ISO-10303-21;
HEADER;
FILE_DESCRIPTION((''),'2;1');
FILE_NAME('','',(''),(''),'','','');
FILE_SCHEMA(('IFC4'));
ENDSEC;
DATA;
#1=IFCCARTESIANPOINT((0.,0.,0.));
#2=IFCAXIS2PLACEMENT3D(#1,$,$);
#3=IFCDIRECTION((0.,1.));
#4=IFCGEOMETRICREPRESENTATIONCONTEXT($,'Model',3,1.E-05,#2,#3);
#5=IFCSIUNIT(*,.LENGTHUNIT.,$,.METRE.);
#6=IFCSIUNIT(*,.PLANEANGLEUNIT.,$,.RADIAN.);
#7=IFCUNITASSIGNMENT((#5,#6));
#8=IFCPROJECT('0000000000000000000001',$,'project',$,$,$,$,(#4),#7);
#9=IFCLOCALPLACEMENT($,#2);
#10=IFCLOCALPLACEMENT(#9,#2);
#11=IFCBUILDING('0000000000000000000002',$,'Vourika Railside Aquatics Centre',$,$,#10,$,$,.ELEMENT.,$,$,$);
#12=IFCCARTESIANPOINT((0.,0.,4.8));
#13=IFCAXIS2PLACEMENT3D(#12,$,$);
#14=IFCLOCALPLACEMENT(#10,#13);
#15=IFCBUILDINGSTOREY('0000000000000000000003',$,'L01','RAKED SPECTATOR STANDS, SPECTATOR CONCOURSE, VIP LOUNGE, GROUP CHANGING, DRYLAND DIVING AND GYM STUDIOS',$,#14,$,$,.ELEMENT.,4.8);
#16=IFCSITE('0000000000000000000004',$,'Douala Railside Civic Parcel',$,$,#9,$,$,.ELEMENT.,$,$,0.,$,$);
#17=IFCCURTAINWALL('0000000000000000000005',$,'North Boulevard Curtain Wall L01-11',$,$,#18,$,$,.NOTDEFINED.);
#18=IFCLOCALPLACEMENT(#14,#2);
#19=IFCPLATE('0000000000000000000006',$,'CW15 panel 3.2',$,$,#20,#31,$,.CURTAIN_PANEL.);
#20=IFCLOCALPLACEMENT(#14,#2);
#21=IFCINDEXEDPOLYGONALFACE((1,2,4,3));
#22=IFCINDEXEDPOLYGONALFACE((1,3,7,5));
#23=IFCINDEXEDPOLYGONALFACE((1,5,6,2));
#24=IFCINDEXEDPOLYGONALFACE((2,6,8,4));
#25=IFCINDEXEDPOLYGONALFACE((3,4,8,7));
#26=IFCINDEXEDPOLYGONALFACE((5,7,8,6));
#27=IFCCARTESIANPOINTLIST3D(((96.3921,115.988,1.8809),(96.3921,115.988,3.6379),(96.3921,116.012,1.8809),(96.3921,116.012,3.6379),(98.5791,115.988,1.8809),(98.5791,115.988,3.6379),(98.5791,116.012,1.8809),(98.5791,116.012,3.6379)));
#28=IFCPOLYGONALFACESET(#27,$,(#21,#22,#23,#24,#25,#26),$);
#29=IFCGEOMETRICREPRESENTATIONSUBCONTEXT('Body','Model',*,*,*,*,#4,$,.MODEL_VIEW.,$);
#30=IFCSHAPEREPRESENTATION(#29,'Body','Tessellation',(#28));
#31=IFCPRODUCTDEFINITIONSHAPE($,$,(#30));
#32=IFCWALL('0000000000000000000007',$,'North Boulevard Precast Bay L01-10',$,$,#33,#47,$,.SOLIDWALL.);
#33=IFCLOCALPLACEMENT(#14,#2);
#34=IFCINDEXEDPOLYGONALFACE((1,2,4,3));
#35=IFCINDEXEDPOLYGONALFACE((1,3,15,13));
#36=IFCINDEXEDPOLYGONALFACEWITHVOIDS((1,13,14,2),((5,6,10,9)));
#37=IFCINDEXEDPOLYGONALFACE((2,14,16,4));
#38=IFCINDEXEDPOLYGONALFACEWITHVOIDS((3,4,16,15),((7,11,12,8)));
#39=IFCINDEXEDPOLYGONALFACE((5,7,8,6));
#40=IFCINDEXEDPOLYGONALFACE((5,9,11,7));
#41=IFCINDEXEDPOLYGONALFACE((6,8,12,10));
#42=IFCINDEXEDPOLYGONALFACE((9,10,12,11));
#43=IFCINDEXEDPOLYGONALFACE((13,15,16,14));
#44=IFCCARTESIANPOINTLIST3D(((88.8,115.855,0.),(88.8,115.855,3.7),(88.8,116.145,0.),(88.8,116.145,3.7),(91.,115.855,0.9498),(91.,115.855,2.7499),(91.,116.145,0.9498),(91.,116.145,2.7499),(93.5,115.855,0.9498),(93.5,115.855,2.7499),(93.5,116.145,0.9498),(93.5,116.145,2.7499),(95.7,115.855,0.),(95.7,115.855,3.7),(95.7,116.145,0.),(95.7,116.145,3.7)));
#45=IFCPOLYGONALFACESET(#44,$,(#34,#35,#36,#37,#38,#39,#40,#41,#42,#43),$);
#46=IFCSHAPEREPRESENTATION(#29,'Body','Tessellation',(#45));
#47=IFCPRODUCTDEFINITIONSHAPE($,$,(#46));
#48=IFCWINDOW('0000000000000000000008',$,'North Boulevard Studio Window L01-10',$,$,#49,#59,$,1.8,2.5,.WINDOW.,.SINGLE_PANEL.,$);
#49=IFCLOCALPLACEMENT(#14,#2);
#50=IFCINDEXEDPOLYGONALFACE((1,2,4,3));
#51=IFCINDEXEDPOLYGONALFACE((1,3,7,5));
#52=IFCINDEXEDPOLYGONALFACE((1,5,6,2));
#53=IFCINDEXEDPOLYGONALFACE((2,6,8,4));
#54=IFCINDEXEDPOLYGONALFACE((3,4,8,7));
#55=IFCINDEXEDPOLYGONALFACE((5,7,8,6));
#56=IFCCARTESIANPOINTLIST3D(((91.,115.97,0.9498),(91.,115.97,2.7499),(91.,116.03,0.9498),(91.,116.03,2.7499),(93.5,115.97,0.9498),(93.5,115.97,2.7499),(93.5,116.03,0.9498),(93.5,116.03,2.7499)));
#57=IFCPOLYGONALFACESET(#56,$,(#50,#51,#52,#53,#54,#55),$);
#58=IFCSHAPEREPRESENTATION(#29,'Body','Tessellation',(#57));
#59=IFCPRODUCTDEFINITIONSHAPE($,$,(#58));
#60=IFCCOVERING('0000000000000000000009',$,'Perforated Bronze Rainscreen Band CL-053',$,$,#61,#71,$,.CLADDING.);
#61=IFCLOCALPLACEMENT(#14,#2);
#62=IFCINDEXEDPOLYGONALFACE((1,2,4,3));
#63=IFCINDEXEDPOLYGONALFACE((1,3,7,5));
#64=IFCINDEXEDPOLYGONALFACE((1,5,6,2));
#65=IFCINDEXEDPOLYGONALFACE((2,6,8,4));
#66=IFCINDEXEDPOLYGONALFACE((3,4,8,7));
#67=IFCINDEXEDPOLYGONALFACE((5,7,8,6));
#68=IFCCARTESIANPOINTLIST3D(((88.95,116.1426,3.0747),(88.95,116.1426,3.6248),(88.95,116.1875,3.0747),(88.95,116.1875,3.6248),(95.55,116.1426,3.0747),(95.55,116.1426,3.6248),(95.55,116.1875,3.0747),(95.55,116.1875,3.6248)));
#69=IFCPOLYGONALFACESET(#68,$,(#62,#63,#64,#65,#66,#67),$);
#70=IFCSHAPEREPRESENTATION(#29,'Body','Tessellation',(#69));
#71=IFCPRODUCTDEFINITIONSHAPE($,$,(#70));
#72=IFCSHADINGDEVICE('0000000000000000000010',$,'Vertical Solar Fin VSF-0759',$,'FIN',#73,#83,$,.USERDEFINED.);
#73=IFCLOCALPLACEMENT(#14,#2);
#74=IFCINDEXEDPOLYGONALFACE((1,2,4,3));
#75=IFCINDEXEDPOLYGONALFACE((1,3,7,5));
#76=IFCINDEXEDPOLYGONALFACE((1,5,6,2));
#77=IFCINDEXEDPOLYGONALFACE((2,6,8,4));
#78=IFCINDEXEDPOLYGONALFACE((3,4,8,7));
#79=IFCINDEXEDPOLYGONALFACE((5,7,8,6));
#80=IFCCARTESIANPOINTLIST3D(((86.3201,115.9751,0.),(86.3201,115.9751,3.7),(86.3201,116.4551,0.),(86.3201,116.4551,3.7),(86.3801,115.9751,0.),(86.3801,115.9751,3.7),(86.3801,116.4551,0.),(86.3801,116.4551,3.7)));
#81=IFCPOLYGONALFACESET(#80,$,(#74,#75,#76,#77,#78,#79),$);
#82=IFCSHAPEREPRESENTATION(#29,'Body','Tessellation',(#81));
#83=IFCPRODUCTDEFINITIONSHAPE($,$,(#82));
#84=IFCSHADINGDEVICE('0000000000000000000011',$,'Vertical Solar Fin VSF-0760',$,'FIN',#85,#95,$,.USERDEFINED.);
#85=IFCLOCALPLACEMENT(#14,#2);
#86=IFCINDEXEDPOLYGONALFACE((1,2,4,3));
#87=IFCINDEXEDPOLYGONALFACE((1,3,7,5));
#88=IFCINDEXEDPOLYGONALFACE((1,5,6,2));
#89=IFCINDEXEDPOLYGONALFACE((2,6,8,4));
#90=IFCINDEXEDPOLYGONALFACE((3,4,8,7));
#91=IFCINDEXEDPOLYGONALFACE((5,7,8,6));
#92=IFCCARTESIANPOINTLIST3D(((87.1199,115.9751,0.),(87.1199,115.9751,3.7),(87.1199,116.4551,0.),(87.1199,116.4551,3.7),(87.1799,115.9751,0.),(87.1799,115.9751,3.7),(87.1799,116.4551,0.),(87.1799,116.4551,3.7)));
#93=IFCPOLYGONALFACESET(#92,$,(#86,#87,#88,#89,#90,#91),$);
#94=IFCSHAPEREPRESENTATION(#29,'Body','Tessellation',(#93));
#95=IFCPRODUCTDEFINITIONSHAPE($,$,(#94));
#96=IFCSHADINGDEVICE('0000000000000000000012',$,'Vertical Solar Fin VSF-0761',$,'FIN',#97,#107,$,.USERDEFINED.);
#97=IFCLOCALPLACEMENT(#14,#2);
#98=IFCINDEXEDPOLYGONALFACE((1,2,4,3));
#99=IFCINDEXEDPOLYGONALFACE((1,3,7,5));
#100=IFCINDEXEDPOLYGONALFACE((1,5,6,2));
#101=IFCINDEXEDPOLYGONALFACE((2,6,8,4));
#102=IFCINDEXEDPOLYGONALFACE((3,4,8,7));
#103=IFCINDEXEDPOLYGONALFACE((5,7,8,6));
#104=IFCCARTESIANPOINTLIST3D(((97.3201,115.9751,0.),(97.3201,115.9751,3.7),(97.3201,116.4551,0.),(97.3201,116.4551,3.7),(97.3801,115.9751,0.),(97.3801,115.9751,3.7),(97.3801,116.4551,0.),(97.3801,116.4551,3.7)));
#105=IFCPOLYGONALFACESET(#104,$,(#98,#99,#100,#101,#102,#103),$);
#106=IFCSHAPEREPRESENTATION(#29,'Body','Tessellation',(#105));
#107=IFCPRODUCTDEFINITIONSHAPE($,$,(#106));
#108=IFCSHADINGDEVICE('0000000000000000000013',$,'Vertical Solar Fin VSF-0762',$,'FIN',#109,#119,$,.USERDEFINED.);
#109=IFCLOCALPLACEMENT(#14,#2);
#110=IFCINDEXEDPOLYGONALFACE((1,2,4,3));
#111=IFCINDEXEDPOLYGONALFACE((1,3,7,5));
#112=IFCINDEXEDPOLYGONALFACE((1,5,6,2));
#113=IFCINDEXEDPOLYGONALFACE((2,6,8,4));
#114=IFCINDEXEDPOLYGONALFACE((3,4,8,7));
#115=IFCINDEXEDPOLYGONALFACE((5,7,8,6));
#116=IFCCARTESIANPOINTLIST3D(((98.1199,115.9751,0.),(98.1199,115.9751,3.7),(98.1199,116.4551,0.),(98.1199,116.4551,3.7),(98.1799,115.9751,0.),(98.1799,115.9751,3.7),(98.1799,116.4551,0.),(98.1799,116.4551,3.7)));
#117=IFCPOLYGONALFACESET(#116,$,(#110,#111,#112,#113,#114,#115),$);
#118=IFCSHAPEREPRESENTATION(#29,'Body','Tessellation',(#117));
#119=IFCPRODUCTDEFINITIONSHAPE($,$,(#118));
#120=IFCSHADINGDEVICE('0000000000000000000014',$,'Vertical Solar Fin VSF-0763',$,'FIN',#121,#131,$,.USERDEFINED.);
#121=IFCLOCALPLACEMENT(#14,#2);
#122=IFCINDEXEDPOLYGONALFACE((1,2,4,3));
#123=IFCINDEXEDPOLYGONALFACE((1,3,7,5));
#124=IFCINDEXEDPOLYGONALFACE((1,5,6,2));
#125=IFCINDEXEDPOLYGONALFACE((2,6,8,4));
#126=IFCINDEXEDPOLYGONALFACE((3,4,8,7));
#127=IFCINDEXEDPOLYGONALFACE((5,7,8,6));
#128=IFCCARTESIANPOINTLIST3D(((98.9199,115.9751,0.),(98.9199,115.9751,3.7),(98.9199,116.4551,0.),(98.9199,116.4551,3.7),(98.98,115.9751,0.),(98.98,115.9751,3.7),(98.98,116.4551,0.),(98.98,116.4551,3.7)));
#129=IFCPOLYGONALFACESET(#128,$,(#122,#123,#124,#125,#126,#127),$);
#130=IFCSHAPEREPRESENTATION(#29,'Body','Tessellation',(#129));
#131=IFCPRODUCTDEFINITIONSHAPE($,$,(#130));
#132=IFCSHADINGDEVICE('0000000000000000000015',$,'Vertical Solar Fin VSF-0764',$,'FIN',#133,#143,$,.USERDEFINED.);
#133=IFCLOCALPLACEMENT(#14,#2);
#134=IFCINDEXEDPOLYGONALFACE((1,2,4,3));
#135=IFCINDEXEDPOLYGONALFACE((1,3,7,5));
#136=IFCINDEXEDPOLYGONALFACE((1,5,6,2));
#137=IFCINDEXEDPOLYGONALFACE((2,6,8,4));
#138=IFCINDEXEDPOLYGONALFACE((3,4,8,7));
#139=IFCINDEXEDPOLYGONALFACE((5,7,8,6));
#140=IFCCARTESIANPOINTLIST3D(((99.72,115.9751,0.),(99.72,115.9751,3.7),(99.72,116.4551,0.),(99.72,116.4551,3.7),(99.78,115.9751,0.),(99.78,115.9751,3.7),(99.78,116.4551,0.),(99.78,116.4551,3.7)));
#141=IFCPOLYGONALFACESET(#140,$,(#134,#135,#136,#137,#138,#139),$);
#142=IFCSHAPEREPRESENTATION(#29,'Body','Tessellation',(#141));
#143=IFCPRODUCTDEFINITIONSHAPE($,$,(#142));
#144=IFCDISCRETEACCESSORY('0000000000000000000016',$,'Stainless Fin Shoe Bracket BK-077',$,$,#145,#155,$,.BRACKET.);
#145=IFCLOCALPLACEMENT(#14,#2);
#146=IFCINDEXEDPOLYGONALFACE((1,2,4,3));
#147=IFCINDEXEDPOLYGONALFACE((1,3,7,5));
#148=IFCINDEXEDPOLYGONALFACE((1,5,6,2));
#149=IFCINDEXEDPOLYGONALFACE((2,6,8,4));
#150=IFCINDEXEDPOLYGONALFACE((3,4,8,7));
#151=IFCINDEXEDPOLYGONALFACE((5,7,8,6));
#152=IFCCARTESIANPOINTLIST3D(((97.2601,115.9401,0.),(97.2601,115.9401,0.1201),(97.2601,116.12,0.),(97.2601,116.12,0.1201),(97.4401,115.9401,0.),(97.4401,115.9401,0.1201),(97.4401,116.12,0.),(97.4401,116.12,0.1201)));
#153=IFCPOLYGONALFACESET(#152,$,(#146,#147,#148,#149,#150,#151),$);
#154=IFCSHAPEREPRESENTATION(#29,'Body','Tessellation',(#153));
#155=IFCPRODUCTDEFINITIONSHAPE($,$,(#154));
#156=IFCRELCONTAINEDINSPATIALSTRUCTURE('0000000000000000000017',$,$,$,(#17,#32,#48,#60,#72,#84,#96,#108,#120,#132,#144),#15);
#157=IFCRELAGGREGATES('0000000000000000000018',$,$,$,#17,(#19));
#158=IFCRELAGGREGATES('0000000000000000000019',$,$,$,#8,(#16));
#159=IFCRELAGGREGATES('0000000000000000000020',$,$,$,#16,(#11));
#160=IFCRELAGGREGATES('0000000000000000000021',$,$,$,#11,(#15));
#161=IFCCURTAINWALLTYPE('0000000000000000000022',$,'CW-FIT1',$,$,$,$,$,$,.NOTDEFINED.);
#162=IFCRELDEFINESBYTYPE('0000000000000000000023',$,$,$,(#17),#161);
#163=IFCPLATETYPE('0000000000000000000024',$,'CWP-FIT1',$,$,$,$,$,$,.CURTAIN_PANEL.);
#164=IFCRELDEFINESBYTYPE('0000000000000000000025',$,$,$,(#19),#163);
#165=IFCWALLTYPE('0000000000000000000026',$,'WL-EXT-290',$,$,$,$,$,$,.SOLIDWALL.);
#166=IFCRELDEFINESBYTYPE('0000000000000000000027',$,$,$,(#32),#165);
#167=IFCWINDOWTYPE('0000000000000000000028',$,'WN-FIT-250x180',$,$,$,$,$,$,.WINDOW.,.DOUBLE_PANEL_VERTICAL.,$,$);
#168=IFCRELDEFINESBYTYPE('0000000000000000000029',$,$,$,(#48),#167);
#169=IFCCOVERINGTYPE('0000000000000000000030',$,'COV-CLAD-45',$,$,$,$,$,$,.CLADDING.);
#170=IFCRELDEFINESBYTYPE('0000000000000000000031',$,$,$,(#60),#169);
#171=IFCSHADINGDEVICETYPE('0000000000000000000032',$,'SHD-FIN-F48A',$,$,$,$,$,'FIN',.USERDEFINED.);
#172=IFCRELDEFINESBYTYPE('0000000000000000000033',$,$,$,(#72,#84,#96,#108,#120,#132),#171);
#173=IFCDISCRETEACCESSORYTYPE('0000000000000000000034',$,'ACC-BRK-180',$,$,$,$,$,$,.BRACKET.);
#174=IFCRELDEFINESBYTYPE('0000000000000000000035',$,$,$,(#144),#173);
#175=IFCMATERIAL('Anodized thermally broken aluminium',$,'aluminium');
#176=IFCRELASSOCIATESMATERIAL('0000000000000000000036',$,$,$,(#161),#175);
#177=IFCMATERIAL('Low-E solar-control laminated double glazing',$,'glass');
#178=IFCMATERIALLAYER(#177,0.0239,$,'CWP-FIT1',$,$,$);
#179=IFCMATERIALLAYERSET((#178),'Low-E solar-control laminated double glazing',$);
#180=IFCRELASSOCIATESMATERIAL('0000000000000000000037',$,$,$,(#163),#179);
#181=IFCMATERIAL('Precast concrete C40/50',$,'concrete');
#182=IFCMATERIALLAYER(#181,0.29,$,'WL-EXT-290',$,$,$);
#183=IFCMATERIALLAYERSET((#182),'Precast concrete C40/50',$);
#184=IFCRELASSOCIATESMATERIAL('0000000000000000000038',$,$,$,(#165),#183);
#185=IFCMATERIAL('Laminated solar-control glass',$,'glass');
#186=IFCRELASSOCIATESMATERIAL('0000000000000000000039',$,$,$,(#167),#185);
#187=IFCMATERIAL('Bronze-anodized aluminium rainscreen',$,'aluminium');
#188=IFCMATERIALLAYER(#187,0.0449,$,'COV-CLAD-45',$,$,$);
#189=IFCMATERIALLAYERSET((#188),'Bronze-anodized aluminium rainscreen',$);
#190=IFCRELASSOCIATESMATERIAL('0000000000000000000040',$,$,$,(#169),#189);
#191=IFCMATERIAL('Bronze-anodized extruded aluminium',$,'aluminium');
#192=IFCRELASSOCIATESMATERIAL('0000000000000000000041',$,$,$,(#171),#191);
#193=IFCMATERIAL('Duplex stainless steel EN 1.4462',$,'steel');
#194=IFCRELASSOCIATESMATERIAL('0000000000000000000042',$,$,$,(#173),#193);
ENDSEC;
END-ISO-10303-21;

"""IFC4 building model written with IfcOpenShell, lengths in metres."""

from ifc_helpers import new_model, si_unit, direction, frame, frame_2d, origin, origin_2d, place, context, subcontext, project, spatial, rectangle, extrude, material, layer, layer_set, material_profile, profile_set, type_object, element, fill, aggregate, save


model = new_model("IFC4")

# Units and contexts
model_context = context("Model", 3, precision=1e-05, world=origin(), true_north=direction((0.0, 1.0)))
body_context = subcontext(model_context, "Body", "Model", "MODEL_VIEW")
ifc_project = project(units=[si_unit("LENGTHUNIT", "METRE"), si_unit("PLANEANGLEUNIT", "RADIAN")], contexts=[model_context])

# Site, building, storey
site_placement = place(None, origin())
site = spatial("IfcSite", under=ifc_project, at=site_placement, Name="Douala Railside Civic Parcel", CompositionType="ELEMENT", RefElevation=0.0)
building_placement = place(site_placement, origin())
building = spatial("IfcBuilding", under=site, at=building_placement, Name="Vourika Railside Aquatics Centre", CompositionType="ELEMENT")
storey_placement = place(building_placement, frame((0.0, 0.0, 4.8)))
storey = spatial("IfcBuildingStorey", under=building, at=storey_placement, Name="L01", Description="RAKED SPECTATOR STANDS, SPECTATOR CONCOURSE, VIP LOUNGE, GROUP CHANGING, DRYLAND DIVING AND GYM STUDIOS", CompositionType="ELEMENT", Elevation=4.8)

# Shared definitions
ifc_material_1 = material(Name="Anodized thermally broken aluminium", Category="aluminium")
curtain_wall_type = type_object("IfcCurtainWallType", Name="CW-FIT1", PredefinedType="NOTDEFINED", material=ifc_material_1)

# Curtain wall
curtain_wall_1_placement = place(storey_placement, origin())
curtain_wall_1 = element("IfcCurtainWall", 1, at=curtain_wall_1_placement, inside=storey, type_object=curtain_wall_type, Name="North Boulevard Curtain Wall L01-11", PredefinedType="NOTDEFINED")

# Plate
ifc_material_2 = material(Name="Low-E solar-control laminated double glazing", Category="glass")
ifc_layer_1 = layer(ifc_material_2, 0.0239, Name="CWP-FIT1")
ifc_layer_set_1 = layer_set([ifc_layer_1], Name="Low-E solar-control laminated double glazing")
plate_type = type_object("IfcPlateType", Name="CWP-FIT1", PredefinedType="CURTAIN_PANEL", material=ifc_layer_set_1)
plate_1_placement = place(storey_placement, frame((97.4856, 116.0, 1.8809), z_axis=(0.0, 0.0, 1.0), x_axis=(-1.0, 0.0, 0.0)))
plate_1 = element("IfcPlate", 2, at=plate_1_placement, type_object=plate_type, Name="CW15 panel 3.2", PredefinedType="CURTAIN_PANEL", context=body_context, shape_type="SweptSolid", body=[
    extrude(rectangle(XDim=2.187, YDim=0.0239, at=origin_2d()), origin(), (0.0, 0.0, 1.0), 1.7571),
])
aggregate(curtain_wall_1, [plate_1])

# Wall, opening, window
ifc_material_3 = material(Name="Precast concrete C40/50", Category="concrete")
ifc_layer_2 = layer(ifc_material_3, 0.29, Name="WL-EXT-290")
ifc_layer_set_2 = layer_set([ifc_layer_2], Name="Precast concrete C40/50")
wall_type = type_object("IfcWallType", Name="WL-EXT-290", PredefinedType="SOLIDWALL", material=ifc_layer_set_2)
wall_placement = place(storey_placement, frame((95.7, 116.0, 0.0), z_axis=(0.0, 0.0, 1.0), x_axis=(-1.0, 0.0, 0.0)))
wall = element("IfcWall", 3, at=wall_placement, inside=storey, type_object=wall_type, Name="North Boulevard Precast Bay L01-10", PredefinedType="SOLIDWALL", context=body_context, shape_type="SweptSolid", body=[
    extrude(rectangle(XDim=6.8999, YDim=0.29, at=frame_2d((3.45, 0.0))), origin(), (0.0, 0.0, 1.0), 3.7),
])
opening_placement = place(wall_placement, frame((2.2, 0.0, 0.95)))
opening = element("IfcOpeningElement", 4, at=opening_placement, cuts=wall, PredefinedType="OPENING", context=body_context, shape_type="SweptSolid", body=[
    extrude(rectangle(XDim=2.5, YDim=1.8, at=frame_2d((1.25, 0.8999))), frame((0.0, 0.155, 0.0), z_axis=(0.0, -1.0, 0.0), x_axis=(1.0, 0.0, 0.0)), (0.0, 0.0, 1.0), 0.3101),
])
ifc_material_4 = material(Name="Laminated solar-control glass", Category="glass")
window_type = type_object("IfcWindowType", Name="WN-FIT-250x180", PartitioningType="DOUBLE_PANEL_VERTICAL", PredefinedType="WINDOW", material=ifc_material_4)
window_placement = place(opening_placement, origin())
window = element("IfcWindow", 5, at=window_placement, inside=storey, type_object=window_type, Name="North Boulevard Studio Window L01-10", OverallHeight=1.8, OverallWidth=2.5, PartitioningType="SINGLE_PANEL", PredefinedType="WINDOW", context=body_context, shape_type="SweptSolid", body=[
    extrude(rectangle(XDim=2.5, YDim=1.8, at=frame_2d((1.25, 0.8999))), frame((0.0, 0.03, 0.0), z_axis=(0.0, -1.0, 0.0), x_axis=(1.0, 0.0, 0.0)), (0.0, 0.0, 1.0), 0.0601),
])
fill(opening, window)

# Covering
ifc_material_5 = material(Name="Bronze-anodized aluminium rainscreen", Category="aluminium")
ifc_layer_3 = layer(ifc_material_5, 0.0449, Name="COV-CLAD-45")
ifc_layer_set_3 = layer_set([ifc_layer_3], Name="Bronze-anodized aluminium rainscreen")
covering_type = type_object("IfcCoveringType", Name="COV-CLAD-45", PredefinedType="CLADDING", material=ifc_layer_set_3)
covering_placement = place(storey_placement, frame((92.25, 116.165, 3.0747), z_axis=(0.0, 0.0, 1.0), x_axis=(-1.0, 0.0, 0.0)))
element("IfcCovering", 6, at=covering_placement, inside=storey, type_object=covering_type, Name="Perforated Bronze Rainscreen Band CL-053", PredefinedType="CLADDING", context=body_context, shape_type="SweptSolid", body=[
    extrude(rectangle(XDim=6.6001, YDim=0.0449, at=origin_2d()), origin(), (0.0, 0.0, 1.0), 0.55),
])

# Shading devices
ifc_material_6 = material(Name="Bronze-anodized extruded aluminium", Category="aluminium")
ifc_material_profile_1 = material_profile(ifc_material_6, rectangle(XDim=0.0601, YDim=0.48, at=origin_2d()), Name="ALU-FIN 60x480")
ifc_profile_set_1 = profile_set([ifc_material_profile_1], Name="Bronze-anodized extruded aluminium")
shading_device_type = type_object("IfcShadingDeviceType", Name="SHD-FIN-F48A", ElementType="FIN", PredefinedType="USERDEFINED", material=ifc_profile_set_1)
for number, where, z_axis, x_axis, name in (
    (7, (86.3501, 116.2151, 0.0), (0.0, 0.0, 1.0), (1.0, 0.0, 0.0), "Vertical Solar Fin VSF-0759"),
    (8, (87.1499, 116.2151, 0.0), (0.0, 0.0, 1.0), (1.0, 0.0, 0.0), "Vertical Solar Fin VSF-0760"),
    (9, (97.3501, 116.2151, 0.0), (0.0, 0.0, 1.0), (1.0, 0.0, 0.0), "Vertical Solar Fin VSF-0761"),
    (10, (98.1499, 116.2151, 0.0), (0.0, 0.0, 1.0), (1.0, 0.0, 0.0), "Vertical Solar Fin VSF-0762"),
    (11, (98.95, 116.2151, 0.0), (0.0, 0.0, 1.0), (1.0, 0.0, 0.0), "Vertical Solar Fin VSF-0763"),
    (12, (99.75, 116.2151, 0.0), (0.0, 0.0, 1.0), (1.0, 0.0, 0.0), "Vertical Solar Fin VSF-0764"),
):
    element("IfcShadingDevice", number, at=place(storey_placement, frame(where, z_axis=z_axis, x_axis=x_axis)), inside=storey, type_object=shading_device_type, Name=name, ObjectType="FIN", PredefinedType="USERDEFINED", context=body_context, shape_type="SweptSolid", body=[
        extrude(rectangle(XDim=0.0601, YDim=0.48, at=origin_2d()), origin(), (0.0, 0.0, 1.0), 3.7),
    ])

# Discrete accessory
ifc_material_7 = material(Name="Duplex stainless steel EN 1.4462", Category="steel")
discrete_accessory_type = type_object("IfcDiscreteAccessoryType", Name="ACC-BRK-180", PredefinedType="BRACKET", material=ifc_material_7)
discrete_accessory_placement = place(storey_placement, frame((97.3501, 116.03, 0.0), z_axis=(0.0, 0.0, 1.0), x_axis=(0.0, 1.0, 0.0)))
element("IfcDiscreteAccessory", 13, at=discrete_accessory_placement, inside=storey, type_object=discrete_accessory_type, Name="Stainless Fin Shoe Bracket BK-077", PredefinedType="BRACKET", context=body_context, shape_type="SweptSolid", body=[
    extrude(rectangle(XDim=0.1799, YDim=0.1799, at=origin_2d()), origin(), (0.0, 0.0, 1.0), 0.1201),
])

save(model, "model.ifc")
